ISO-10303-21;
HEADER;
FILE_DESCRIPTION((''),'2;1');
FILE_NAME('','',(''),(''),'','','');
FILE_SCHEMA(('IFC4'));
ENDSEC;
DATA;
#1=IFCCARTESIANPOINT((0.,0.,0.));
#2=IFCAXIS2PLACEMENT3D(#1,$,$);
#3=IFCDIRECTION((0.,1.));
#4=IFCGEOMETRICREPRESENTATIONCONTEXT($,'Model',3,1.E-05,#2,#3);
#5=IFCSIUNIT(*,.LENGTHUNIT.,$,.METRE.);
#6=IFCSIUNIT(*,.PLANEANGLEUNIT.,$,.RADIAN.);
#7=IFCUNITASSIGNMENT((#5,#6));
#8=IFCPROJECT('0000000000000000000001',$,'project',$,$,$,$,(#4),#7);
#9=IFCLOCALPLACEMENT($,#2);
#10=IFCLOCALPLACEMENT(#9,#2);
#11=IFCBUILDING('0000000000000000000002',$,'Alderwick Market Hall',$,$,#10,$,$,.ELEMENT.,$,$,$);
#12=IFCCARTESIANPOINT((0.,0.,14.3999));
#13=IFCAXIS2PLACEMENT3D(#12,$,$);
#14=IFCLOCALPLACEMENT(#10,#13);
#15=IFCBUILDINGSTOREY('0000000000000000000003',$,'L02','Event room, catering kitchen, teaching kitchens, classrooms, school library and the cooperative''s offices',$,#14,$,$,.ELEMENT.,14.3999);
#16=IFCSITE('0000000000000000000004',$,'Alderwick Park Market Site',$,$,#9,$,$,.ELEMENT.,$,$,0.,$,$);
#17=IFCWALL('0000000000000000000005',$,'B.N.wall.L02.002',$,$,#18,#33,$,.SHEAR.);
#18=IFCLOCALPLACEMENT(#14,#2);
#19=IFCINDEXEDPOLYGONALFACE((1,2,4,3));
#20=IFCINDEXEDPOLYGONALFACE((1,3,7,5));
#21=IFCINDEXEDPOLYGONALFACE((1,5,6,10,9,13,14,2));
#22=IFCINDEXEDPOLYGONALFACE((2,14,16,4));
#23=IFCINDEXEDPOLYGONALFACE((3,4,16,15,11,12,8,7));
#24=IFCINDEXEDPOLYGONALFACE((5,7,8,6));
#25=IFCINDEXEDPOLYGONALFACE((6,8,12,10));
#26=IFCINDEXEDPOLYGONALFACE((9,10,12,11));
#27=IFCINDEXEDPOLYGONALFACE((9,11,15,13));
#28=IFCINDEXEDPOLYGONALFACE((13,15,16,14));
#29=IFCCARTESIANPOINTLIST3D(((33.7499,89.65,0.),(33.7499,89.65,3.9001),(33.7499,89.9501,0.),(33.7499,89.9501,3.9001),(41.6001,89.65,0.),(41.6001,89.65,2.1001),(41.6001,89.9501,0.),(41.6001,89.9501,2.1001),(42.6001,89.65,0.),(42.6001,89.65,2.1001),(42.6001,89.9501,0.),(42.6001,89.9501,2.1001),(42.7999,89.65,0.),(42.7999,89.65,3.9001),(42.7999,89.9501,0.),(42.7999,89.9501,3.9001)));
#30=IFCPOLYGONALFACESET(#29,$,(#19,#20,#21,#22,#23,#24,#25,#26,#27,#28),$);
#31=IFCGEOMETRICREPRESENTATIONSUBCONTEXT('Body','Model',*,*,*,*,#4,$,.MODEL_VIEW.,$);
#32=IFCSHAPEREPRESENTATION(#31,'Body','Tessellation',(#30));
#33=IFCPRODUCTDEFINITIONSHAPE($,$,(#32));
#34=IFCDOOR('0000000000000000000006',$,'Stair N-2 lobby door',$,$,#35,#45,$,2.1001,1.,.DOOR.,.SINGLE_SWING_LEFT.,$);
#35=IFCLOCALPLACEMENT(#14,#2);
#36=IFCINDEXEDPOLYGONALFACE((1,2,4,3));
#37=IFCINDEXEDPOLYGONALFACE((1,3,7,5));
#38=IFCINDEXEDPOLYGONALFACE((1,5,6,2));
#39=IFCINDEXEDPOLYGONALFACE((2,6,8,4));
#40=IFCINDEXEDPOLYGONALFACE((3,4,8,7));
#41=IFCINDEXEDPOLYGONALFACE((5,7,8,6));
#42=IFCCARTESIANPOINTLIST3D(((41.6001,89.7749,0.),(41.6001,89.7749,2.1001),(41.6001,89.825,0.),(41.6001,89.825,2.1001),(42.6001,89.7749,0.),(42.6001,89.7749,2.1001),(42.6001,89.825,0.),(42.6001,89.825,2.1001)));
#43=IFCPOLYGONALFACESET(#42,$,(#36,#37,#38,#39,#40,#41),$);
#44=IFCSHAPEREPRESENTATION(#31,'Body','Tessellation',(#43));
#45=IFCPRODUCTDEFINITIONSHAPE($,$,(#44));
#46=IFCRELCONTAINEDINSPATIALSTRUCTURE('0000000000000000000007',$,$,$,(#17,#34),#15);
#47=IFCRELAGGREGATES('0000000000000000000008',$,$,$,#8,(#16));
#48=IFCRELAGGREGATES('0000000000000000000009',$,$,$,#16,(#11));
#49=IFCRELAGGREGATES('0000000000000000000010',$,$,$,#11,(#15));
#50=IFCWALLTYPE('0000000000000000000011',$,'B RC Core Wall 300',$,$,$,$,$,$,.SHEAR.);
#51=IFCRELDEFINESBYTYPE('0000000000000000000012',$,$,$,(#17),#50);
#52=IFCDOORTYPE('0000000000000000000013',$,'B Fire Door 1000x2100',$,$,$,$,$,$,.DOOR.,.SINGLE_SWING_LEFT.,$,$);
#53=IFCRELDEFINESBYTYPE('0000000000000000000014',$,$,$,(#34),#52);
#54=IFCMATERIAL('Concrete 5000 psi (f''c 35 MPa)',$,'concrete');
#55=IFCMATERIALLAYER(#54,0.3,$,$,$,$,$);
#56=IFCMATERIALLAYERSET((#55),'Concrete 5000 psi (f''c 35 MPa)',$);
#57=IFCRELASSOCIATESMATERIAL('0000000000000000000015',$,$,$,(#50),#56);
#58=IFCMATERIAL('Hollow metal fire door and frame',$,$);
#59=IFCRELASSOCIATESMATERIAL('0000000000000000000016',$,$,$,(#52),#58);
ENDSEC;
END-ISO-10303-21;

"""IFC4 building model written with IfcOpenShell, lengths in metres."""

from ifc_helpers import new_model, si_unit, direction, frame, frame_2d, origin, place, context, subcontext, project, spatial, rectangle, extrude, material, layer, layer_set, type_object, element, fill, save


model = new_model("IFC4")

# Units and contexts
model_context = context("Model", 3, precision=1e-05, world=origin(), true_north=direction((0.0, 1.0)))
body_context = subcontext(model_context, "Body", "Model", "MODEL_VIEW")
ifc_project = project(units=[si_unit("LENGTHUNIT", "METRE"), si_unit("PLANEANGLEUNIT", "RADIAN")], contexts=[model_context])

# Site, building, storey
site_placement = place(None, origin())
site = spatial("IfcSite", under=ifc_project, at=site_placement, Name="Alderwick Park Market Site", CompositionType="ELEMENT", RefElevation=0.0)
building_placement = place(site_placement, origin())
building = spatial("IfcBuilding", under=site, at=building_placement, Name="Alderwick Market Hall", CompositionType="ELEMENT")
storey_placement = place(building_placement, frame((0.0, 0.0, 14.3999)))
storey = spatial("IfcBuildingStorey", under=building, at=storey_placement, Name="L02", Description="Event room, catering kitchen, teaching kitchens, classrooms, school library and the cooperative's offices", CompositionType="ELEMENT", Elevation=14.3999)

# Shared definitions
ifc_material_1 = material(Name="Concrete 5000 psi (f'c 35 MPa)", Category="concrete")

# Wall, opening, door
ifc_layer_1 = layer(ifc_material_1, 0.3)
ifc_layer_set_1 = layer_set([ifc_layer_1], Name="Concrete 5000 psi (f'c 35 MPa)")
wall_type_1 = type_object("IfcWallType", Name="B RC Core Wall 300", PredefinedType="SHEAR", material=ifc_layer_set_1)
wall_1_placement = place(storey_placement, frame((33.75, 89.8, 0.0), z_axis=(0.0, 0.0, 1.0), x_axis=(1.0, 0.0, 0.0)))
wall_1 = element("IfcWall", 1, at=wall_1_placement, inside=storey, type_object=wall_type_1, Name="B.N.wall.L02.002", PredefinedType="SHEAR", context=body_context, shape_type="SweptSolid", body=[
    extrude(rectangle(XDim=9.05, YDim=0.3, at=frame_2d((4.5249, 0.0))), origin(), (0.0, 0.0, 1.0), 3.9001),
])
opening_1_placement = place(wall_1_placement, frame((7.8501, 0.0, 0.0)))
opening_1 = element("IfcOpeningElement", 2, at=opening_1_placement, cuts=wall_1, PredefinedType="OPENING", context=body_context, shape_type="SweptSolid", body=[
    extrude(rectangle(XDim=1.0, YDim=2.1001, at=frame_2d((0.5, 1.05))), frame((0.0, 0.1599, 0.0), z_axis=(0.0, -1.0, 0.0), x_axis=(1.0, 0.0, 0.0)), (0.0, 0.0, 1.0), 0.3201),
])
ifc_material_2 = material(Name="Hollow metal fire door and frame")
door_type_1 = type_object("IfcDoorType", Name="B Fire Door 1000x2100", OperationType="SINGLE_SWING_LEFT", PredefinedType="DOOR", material=ifc_material_2)
door_1_placement = place(opening_1_placement, origin())
door_1 = element("IfcDoor", 3, at=door_1_placement, inside=storey, type_object=door_type_1, Name="Stair N-2 lobby door", OperationType="SINGLE_SWING_LEFT", OverallHeight=2.1001, OverallWidth=1.0, PredefinedType="DOOR", context=body_context, shape_type="SweptSolid", body=[
    extrude(rectangle(XDim=1.0, YDim=2.1001, at=frame_2d((0.5, 1.05))), frame((0.0, 0.0249, 0.0), z_axis=(0.0, -1.0, 0.0), x_axis=(1.0, 0.0, 0.0)), (0.0, 0.0, 1.0), 0.05),
])
fill(opening_1, door_1)

save(model, "model.ifc")
